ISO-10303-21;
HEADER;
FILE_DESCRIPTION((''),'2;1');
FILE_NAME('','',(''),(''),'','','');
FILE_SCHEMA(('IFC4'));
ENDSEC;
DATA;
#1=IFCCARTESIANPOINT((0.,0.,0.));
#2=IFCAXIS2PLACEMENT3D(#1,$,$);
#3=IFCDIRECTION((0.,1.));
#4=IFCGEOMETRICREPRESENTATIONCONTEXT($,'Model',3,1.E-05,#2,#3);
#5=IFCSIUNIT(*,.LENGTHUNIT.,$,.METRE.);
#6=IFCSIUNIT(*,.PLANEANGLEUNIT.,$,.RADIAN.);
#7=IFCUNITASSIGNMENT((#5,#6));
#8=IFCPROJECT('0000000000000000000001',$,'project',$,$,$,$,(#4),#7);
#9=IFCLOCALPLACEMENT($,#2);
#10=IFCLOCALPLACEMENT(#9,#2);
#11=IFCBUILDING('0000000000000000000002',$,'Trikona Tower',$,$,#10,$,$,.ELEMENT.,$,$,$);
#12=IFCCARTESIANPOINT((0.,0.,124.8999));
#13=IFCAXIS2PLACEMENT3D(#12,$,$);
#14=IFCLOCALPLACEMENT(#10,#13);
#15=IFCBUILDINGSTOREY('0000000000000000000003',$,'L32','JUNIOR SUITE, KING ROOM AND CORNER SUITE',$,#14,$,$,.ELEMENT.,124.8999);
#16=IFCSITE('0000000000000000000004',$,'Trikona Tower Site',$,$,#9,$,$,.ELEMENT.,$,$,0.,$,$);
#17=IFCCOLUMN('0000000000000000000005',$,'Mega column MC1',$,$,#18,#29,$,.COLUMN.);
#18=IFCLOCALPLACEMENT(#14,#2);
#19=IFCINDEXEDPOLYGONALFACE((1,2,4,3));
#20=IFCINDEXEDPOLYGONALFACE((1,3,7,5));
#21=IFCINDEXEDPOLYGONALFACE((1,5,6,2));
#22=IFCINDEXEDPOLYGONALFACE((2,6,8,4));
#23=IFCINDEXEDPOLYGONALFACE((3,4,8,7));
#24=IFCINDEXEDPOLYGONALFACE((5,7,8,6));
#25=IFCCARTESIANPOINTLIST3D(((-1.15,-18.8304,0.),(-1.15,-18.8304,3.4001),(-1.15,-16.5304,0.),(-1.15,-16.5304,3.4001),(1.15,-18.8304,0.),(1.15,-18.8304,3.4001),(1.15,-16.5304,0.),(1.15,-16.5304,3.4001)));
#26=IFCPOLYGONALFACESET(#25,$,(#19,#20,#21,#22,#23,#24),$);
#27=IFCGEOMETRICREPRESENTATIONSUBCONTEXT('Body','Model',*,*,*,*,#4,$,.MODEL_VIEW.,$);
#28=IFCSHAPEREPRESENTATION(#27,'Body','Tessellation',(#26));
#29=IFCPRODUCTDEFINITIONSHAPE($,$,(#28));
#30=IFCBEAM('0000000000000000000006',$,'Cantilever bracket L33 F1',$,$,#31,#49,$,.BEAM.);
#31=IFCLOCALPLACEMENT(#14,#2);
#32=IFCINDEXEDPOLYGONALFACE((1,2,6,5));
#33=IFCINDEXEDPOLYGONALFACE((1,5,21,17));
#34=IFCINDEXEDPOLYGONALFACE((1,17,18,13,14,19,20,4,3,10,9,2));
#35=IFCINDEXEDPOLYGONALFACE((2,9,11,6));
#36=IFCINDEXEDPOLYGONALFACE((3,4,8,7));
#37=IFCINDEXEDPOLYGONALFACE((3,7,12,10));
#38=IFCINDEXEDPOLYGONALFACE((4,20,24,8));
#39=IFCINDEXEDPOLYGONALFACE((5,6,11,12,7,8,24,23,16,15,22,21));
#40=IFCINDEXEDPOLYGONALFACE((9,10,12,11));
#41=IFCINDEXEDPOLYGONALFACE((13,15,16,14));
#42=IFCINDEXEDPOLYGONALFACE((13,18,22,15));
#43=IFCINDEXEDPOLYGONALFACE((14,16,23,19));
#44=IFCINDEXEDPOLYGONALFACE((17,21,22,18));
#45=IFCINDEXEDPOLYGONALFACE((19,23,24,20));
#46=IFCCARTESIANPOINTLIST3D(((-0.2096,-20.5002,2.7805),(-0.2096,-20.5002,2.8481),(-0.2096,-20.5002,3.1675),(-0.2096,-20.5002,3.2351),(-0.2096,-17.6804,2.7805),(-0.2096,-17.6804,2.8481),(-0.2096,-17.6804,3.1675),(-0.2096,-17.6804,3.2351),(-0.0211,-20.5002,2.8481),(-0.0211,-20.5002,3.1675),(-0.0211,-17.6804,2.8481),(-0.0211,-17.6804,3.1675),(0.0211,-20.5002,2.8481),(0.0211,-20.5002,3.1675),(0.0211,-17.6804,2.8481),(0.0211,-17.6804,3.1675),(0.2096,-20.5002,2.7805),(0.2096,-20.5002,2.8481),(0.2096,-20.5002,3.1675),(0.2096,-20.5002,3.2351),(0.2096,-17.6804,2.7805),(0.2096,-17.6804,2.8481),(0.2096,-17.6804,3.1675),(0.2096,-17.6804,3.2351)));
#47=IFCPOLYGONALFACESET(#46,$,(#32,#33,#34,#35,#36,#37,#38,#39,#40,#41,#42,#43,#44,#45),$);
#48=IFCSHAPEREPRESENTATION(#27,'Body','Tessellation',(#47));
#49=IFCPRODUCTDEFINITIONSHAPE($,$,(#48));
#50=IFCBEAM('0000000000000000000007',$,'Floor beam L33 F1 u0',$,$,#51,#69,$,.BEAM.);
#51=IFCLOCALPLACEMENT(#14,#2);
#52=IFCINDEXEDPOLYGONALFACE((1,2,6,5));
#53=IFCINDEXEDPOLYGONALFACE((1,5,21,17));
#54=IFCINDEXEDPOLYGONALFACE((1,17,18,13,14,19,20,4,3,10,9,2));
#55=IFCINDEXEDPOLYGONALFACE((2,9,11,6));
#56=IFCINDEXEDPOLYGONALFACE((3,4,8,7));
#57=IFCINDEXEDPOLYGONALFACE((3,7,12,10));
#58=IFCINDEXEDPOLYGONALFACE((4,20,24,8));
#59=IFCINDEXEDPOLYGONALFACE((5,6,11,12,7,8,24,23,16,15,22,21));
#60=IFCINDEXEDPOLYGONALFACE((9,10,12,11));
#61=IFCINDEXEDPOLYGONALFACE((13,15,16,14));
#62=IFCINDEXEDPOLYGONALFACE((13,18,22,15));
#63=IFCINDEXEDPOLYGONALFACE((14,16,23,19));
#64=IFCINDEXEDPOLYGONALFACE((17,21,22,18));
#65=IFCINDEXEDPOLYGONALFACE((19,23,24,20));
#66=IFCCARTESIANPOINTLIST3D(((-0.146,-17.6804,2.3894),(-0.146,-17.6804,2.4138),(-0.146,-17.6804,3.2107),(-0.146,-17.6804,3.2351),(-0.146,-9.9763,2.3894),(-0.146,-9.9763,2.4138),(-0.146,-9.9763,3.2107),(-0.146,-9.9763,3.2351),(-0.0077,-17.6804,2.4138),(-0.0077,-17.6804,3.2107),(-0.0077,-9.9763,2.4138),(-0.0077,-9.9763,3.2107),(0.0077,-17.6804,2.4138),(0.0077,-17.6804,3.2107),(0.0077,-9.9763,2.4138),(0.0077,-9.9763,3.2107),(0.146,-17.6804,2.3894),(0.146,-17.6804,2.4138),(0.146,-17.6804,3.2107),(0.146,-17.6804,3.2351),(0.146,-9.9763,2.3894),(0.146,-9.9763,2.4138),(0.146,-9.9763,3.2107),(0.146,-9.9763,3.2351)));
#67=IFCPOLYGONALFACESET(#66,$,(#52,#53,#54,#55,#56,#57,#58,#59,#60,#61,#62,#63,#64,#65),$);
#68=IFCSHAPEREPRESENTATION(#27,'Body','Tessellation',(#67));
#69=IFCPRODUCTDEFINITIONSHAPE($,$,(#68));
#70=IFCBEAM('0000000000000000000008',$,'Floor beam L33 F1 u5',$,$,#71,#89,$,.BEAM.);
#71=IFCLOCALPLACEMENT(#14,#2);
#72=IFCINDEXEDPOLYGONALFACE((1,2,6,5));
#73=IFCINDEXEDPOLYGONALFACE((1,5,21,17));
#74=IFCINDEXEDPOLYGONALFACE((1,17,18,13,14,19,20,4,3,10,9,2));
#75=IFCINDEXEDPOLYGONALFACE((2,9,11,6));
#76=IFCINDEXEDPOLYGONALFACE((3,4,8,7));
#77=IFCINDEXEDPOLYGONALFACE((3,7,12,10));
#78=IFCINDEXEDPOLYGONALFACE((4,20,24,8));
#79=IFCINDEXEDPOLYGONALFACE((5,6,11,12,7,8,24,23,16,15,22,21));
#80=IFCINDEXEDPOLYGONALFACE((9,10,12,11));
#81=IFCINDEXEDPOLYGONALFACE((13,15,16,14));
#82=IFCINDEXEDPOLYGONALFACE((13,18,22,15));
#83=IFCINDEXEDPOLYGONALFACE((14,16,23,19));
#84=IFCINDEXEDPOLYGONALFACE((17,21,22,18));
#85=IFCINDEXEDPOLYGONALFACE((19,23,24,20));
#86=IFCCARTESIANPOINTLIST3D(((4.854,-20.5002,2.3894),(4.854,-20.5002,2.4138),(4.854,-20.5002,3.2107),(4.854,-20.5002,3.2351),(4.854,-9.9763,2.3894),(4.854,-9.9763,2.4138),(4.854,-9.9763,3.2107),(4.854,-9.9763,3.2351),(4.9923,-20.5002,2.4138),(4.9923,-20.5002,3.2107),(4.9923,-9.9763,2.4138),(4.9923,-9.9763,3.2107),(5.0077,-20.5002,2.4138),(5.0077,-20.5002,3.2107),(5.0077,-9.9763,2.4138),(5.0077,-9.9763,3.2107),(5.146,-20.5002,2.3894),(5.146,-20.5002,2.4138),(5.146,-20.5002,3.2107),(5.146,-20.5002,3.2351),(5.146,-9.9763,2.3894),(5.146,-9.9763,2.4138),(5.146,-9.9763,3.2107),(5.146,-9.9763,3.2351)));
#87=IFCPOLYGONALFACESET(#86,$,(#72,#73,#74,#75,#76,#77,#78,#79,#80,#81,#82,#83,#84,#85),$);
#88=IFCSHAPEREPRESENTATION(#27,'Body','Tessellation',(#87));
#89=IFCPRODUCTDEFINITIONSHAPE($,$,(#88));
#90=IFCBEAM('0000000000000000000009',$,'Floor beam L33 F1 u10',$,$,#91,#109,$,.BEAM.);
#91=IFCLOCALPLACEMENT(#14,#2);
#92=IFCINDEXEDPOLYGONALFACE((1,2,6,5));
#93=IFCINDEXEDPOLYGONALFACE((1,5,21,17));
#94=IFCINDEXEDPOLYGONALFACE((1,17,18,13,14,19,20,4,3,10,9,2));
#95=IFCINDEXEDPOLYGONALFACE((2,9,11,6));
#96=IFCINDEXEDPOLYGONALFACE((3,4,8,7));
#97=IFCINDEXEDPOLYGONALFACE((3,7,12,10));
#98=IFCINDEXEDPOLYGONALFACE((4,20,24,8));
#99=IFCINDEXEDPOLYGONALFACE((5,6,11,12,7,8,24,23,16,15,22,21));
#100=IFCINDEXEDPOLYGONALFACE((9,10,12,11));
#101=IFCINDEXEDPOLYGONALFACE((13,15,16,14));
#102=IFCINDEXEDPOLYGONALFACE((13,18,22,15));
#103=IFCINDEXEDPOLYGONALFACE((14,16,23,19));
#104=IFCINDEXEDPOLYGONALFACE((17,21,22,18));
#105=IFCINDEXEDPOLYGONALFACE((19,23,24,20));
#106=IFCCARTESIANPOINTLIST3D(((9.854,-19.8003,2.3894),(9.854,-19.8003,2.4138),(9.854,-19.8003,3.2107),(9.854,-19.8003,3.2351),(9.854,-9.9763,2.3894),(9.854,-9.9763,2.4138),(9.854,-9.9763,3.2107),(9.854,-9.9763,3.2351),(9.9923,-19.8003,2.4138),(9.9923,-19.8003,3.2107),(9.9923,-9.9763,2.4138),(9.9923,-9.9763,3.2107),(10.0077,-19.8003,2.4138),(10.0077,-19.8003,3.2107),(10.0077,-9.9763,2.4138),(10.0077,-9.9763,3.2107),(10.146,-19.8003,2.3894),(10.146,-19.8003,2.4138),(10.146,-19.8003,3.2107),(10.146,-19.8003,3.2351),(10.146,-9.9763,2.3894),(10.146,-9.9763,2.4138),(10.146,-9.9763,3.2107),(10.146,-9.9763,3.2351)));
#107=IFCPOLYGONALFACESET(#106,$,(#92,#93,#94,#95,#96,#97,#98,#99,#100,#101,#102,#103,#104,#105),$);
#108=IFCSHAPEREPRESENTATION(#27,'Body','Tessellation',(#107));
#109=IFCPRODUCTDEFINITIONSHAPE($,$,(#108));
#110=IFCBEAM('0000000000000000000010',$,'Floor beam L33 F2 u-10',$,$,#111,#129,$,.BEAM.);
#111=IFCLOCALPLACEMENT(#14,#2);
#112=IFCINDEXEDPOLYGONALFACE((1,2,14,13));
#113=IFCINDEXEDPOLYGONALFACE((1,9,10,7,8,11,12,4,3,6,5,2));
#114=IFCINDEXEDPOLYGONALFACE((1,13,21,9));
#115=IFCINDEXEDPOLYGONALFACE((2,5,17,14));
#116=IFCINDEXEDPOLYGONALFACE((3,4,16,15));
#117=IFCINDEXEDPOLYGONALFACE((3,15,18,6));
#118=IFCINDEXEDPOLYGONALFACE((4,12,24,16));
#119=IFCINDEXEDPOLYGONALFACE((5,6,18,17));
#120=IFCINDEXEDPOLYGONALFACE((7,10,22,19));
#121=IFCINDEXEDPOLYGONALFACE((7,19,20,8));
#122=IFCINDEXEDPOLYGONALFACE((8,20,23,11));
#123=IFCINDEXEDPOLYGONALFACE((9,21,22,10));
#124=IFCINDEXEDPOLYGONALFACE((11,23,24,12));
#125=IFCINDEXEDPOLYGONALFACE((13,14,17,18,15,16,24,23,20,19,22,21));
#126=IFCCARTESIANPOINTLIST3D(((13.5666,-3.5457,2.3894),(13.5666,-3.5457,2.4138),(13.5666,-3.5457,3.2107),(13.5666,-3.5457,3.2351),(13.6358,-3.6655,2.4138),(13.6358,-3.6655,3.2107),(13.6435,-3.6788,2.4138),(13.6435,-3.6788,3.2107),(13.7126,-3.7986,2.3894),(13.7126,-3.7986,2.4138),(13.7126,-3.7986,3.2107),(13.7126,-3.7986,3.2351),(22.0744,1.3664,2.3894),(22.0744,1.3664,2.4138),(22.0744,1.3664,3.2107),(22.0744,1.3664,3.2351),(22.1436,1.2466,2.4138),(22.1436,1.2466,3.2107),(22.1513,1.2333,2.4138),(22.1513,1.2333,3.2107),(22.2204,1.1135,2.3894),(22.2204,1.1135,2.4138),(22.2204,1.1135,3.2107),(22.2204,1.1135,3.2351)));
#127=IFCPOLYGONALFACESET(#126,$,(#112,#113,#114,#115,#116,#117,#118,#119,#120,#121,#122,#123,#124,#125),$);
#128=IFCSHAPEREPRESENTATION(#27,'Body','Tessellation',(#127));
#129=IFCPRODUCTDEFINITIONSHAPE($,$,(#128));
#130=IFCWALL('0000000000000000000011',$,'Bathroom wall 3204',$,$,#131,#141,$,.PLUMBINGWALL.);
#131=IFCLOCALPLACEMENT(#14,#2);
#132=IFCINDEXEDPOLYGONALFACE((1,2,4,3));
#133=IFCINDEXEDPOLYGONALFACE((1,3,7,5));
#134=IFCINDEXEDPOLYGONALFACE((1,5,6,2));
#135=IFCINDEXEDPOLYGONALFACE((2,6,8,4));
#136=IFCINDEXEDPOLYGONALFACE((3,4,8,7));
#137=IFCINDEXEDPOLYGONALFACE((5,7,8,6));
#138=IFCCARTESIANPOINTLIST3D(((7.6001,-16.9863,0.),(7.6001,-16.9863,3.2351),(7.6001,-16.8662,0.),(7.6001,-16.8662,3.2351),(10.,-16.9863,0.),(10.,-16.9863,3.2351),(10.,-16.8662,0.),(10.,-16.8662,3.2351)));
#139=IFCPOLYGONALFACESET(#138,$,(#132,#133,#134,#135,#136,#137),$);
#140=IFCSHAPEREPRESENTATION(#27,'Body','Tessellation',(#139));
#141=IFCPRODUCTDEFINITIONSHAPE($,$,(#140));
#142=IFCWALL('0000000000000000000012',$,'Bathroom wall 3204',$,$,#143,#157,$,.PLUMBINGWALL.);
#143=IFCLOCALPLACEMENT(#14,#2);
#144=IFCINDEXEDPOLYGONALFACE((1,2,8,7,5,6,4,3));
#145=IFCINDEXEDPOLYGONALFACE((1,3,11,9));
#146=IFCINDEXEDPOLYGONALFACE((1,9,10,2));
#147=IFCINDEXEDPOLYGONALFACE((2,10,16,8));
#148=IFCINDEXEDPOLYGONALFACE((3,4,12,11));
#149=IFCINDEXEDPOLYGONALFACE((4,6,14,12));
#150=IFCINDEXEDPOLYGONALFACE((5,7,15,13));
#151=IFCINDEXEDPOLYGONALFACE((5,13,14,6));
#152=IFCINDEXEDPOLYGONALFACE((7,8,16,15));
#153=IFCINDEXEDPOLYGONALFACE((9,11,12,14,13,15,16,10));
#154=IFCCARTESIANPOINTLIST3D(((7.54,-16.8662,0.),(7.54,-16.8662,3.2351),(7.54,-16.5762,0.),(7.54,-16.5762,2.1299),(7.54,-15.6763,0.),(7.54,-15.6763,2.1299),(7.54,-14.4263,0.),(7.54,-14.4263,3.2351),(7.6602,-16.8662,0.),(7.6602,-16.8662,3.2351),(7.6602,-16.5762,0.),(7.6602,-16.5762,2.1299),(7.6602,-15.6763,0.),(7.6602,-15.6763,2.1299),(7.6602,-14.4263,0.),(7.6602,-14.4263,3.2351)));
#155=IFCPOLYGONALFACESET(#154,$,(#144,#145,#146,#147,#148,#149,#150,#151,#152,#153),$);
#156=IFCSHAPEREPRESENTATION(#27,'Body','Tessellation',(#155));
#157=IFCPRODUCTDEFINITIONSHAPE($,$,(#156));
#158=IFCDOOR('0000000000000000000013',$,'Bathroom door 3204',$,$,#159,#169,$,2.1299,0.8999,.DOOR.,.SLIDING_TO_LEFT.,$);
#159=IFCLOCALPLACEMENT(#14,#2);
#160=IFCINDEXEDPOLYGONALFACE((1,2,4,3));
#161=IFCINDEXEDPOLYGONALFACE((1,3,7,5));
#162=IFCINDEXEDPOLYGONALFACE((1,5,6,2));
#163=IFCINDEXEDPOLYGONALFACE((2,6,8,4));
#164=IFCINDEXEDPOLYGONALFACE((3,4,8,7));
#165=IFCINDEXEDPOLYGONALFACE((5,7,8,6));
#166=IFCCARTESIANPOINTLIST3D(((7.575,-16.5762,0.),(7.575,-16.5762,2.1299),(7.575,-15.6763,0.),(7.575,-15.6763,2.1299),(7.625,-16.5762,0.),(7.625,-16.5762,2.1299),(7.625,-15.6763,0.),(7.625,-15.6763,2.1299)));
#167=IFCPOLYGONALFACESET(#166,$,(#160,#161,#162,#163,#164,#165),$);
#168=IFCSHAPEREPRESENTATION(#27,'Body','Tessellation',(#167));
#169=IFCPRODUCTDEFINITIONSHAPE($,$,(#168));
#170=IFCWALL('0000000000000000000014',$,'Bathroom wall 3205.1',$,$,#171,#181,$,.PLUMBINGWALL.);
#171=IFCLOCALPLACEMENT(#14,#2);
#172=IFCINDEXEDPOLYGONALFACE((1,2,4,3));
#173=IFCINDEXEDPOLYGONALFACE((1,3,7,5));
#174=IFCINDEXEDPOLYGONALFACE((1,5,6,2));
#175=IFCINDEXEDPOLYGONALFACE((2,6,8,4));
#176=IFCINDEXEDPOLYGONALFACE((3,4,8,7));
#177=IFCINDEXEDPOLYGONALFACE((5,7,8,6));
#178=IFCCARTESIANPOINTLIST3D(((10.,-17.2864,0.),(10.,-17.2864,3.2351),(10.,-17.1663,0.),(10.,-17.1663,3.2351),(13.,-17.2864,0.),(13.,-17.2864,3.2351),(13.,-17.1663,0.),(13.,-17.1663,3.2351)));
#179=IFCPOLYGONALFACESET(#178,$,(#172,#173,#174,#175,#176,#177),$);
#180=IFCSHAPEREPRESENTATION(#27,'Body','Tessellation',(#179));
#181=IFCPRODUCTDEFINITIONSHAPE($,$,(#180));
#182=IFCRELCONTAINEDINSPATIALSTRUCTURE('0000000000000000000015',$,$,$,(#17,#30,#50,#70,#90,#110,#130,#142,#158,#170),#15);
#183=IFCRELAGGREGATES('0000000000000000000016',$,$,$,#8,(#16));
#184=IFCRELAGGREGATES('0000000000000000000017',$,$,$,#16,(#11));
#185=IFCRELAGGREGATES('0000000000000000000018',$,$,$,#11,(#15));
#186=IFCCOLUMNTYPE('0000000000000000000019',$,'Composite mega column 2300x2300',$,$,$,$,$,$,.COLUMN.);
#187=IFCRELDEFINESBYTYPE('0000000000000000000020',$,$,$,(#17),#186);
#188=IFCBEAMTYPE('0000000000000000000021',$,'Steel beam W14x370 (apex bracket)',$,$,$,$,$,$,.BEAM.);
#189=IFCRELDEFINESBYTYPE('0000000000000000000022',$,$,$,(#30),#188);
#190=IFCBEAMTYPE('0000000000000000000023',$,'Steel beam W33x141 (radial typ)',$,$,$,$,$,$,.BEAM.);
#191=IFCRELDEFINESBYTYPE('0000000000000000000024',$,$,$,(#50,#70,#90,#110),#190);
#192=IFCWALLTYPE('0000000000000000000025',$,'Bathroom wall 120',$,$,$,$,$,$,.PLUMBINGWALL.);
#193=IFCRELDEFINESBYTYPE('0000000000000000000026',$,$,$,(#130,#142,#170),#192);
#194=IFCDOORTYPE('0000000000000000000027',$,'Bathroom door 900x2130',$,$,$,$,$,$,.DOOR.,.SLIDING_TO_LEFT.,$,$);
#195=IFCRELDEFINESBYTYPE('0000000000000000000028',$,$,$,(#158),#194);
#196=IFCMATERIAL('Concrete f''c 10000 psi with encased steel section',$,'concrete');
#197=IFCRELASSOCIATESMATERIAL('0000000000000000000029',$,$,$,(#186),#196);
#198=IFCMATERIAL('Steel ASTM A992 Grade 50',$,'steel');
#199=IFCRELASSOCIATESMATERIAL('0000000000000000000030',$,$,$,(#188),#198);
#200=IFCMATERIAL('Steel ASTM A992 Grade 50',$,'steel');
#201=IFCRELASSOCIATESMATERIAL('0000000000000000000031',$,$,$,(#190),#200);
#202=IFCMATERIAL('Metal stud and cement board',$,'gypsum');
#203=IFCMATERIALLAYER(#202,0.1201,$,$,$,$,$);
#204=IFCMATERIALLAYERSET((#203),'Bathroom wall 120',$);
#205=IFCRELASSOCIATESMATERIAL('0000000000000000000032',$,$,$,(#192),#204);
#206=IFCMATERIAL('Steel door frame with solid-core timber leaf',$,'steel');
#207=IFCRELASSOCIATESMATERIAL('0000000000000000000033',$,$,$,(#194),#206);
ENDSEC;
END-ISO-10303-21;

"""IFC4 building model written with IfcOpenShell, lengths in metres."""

from ifc_helpers import new_model, si_unit, direction, frame, frame_2d, origin, origin_2d, place, context, subcontext, project, spatial, rectangle, i_section, extrude, material, layer, layer_set, material_profile, profile_set, type_object, element, fill, save


model = new_model("IFC4")

# Units and contexts
model_context = context("Model", 3, precision=1e-05, world=origin(), true_north=direction((0.0, 1.0)))
body_context = subcontext(model_context, "Body", "Model", "MODEL_VIEW")
ifc_project = project(units=[si_unit("LENGTHUNIT", "METRE"), si_unit("PLANEANGLEUNIT", "RADIAN")], contexts=[model_context])

# Site, building, storey
site_placement = place(None, origin())
site = spatial("IfcSite", under=ifc_project, at=site_placement, Name="Trikona Tower Site", CompositionType="ELEMENT", RefElevation=0.0)
building_placement = place(site_placement, origin())
building = spatial("IfcBuilding", under=site, at=building_placement, Name="Trikona Tower", CompositionType="ELEMENT")
storey_placement = place(building_placement, frame((0.0, 0.0, 124.8999)))
storey = spatial("IfcBuildingStorey", under=building, at=storey_placement, Name="L32", Description="JUNIOR SUITE, KING ROOM AND CORNER SUITE", CompositionType="ELEMENT", Elevation=124.8999)

# Column
ifc_material_1 = material(Name="Concrete f'c 10000 psi with encased steel section", Category="concrete")
ifc_material_profile_1 = material_profile(ifc_material_1, rectangle(XDim=2.3, YDim=2.3, at=origin_2d()), Name="MC2300")
ifc_profile_set_1 = profile_set([ifc_material_profile_1], Name="Concrete f'c 10000 psi with encased steel section")
column_type = type_object("IfcColumnType", Name="Composite mega column 2300x2300", PredefinedType="COLUMN", material=ifc_profile_set_1)
column_placement = place(storey_placement, frame((0.0, -17.6804, 0.0), z_axis=(0.0, 0.0, 1.0), x_axis=(0.0, -1.0, 0.0)))
element("IfcColumn", 1, at=column_placement, inside=storey, type_object=column_type, Name="Mega column MC1", PredefinedType="COLUMN", context=body_context, shape_type="SweptSolid", body=[
    extrude(rectangle(XDim=2.3, YDim=2.3, at=origin_2d()), origin(), (0.0, 0.0, 1.0), 3.4001),
])

# Beams
ifc_material_2 = material(Name="Steel ASTM A992 Grade 50", Category="steel")
ifc_material_profile_2 = material_profile(ifc_material_2, i_section(OverallWidth=0.4192, OverallDepth=0.4546, WebThickness=0.0422, FlangeThickness=0.0676, at=origin_2d()), Name="W14X370")
ifc_profile_set_2 = profile_set([ifc_material_profile_2], Name="Steel ASTM A992 Grade 50")
beam_type_1 = type_object("IfcBeamType", Name="Steel beam W14x370 (apex bracket)", PredefinedType="BEAM", material=ifc_profile_set_2)
beam_1_placement = place(storey_placement, frame((0.0, -17.6804, 3.0078), z_axis=(0.0, -1.0, 0.0), x_axis=(1.0, 0.0, 0.0)))
element("IfcBeam", 2, at=beam_1_placement, inside=storey, type_object=beam_type_1, Name="Cantilever bracket L33 F1", PredefinedType="BEAM", context=body_context, shape_type="SweptSolid", body=[
    extrude(i_section(OverallWidth=0.4192, OverallDepth=0.4546, WebThickness=0.0422, FlangeThickness=0.0676, at=origin_2d()), origin(), (0.0, 0.0, 1.0), 2.8198),
])
ifc_material_3 = material(Name="Steel ASTM A992 Grade 50", Category="steel")
ifc_material_profile_3 = material_profile(ifc_material_3, i_section(OverallWidth=0.292, OverallDepth=0.8457, WebThickness=0.0154, FlangeThickness=0.0244, at=origin_2d()), Name="W33X141")
ifc_profile_set_3 = profile_set([ifc_material_profile_3], Name="Steel ASTM A992 Grade 50")
beam_type_2 = type_object("IfcBeamType", Name="Steel beam W33x141 (radial typ)", PredefinedType="BEAM", material=ifc_profile_set_3)
beam_2_placement = place(storey_placement, frame((0.0, -9.9763, 2.8123), z_axis=(0.0, -1.0, 0.0), x_axis=(1.0, 0.0, 0.0)))
element("IfcBeam", 3, at=beam_2_placement, inside=storey, type_object=beam_type_2, Name="Floor beam L33 F1 u0", PredefinedType="BEAM", context=body_context, shape_type="SweptSolid", body=[
    extrude(i_section(OverallWidth=0.292, OverallDepth=0.8457, WebThickness=0.0154, FlangeThickness=0.0244, at=origin_2d()), origin(), (0.0, 0.0, 1.0), 7.7041),
])
beam_3_placement = place(storey_placement, frame((5.0, -9.9763, 2.8123), z_axis=(0.0, -1.0, 0.0), x_axis=(1.0, 0.0, 0.0)))
element("IfcBeam", 4, at=beam_3_placement, inside=storey, type_object=beam_type_2, Name="Floor beam L33 F1 u5", PredefinedType="BEAM", context=body_context, shape_type="SweptSolid", body=[
    extrude(i_section(OverallWidth=0.292, OverallDepth=0.8457, WebThickness=0.0154, FlangeThickness=0.0244, at=origin_2d()), origin(), (0.0, 0.0, 1.0), 10.5239),
])
for number, where, z_axis, x_axis, name in (
    (5, (10.0, -9.9763, 2.8123), (0.0, -1.0, 0.0), (1.0, 0.0, 0.0), "Floor beam L33 F1 u10"),
    (6, (13.6396, -3.6721, 2.8123), (0.86602, 0.500009, 0.0), (-0.500009, 0.86602, 0.0), "Floor beam L33 F2 u-10"),
):
    element("IfcBeam", number, at=place(storey_placement, frame(where, z_axis=z_axis, x_axis=x_axis)), inside=storey, type_object=beam_type_2, Name=name, PredefinedType="BEAM", context=body_context, shape_type="SweptSolid", body=[
        extrude(i_section(OverallWidth=0.292, OverallDepth=0.8457, WebThickness=0.0154, FlangeThickness=0.0244, at=origin_2d()), origin(), (0.0, 0.0, 1.0), 9.824),
    ])

# Wall
ifc_material_4 = material(Name="Metal stud and cement board", Category="gypsum")
ifc_layer_1 = layer(ifc_material_4, 0.1201)
ifc_layer_set_1 = layer_set([ifc_layer_1], Name="Bathroom wall 120")
wall_type_1 = type_object("IfcWallType", Name="Bathroom wall 120", PredefinedType="PLUMBINGWALL", material=ifc_layer_set_1)
wall_1_placement = place(storey_placement, frame((7.6001, -16.9263, 0.0), z_axis=(0.0, 0.0, 1.0), x_axis=(1.0, 0.0, 0.0)))
element("IfcWall", 7, at=wall_1_placement, inside=storey, type_object=wall_type_1, Name="Bathroom wall 3204", PredefinedType="PLUMBINGWALL", context=body_context, shape_type="SweptSolid", body=[
    extrude(rectangle(XDim=2.3999, YDim=0.1201, at=frame_2d((1.2, 0.0))), origin(), (0.0, 0.0, 1.0), 3.2351),
])

# Wall, opening, door
wall_2_placement = place(storey_placement, frame((7.6001, -14.4263, 0.0), z_axis=(0.0, 0.0, 1.0), x_axis=(0.0, -1.0, 0.0)))
wall_2 = element("IfcWall", 8, at=wall_2_placement, inside=storey, type_object=wall_type_1, Name="Bathroom wall 3204", PredefinedType="PLUMBINGWALL", context=body_context, shape_type="SweptSolid", body=[
    extrude(rectangle(XDim=2.4399, YDim=0.1201, at=frame_2d((1.22, 0.0))), origin(), (0.0, 0.0, 1.0), 3.2351),
])
opening_1_placement = place(wall_2_placement, frame((1.25, 0.0, 0.0)))
opening_1 = element("IfcOpeningElement", 9, at=opening_1_placement, cuts=wall_2, PredefinedType="OPENING", context=body_context, shape_type="SweptSolid", body=[
    extrude(rectangle(XDim=0.8999, YDim=2.1299, at=frame_2d((0.45, 1.0649))), frame((0.0, 0.0701, 0.0), z_axis=(0.0, -1.0, 0.0), x_axis=(1.0, 0.0, 0.0)), (0.0, 0.0, 1.0), 0.1401),
])
ifc_material_5 = material(Name="Steel door frame with solid-core timber leaf", Category="steel")
door_type_1 = type_object("IfcDoorType", Name="Bathroom door 900x2130", OperationType="SLIDING_TO_LEFT", PredefinedType="DOOR", material=ifc_material_5)
door_1_placement = place(opening_1_placement, origin())
door_1 = element("IfcDoor", 10, at=door_1_placement, inside=storey, type_object=door_type_1, Name="Bathroom door 3204", OperationType="SLIDING_TO_LEFT", OverallHeight=2.1299, OverallWidth=0.8999, PredefinedType="DOOR", context=body_context, shape_type="SweptSolid", body=[
    extrude(rectangle(XDim=0.8999, YDim=2.1299, at=frame_2d((0.45, 1.0649))), frame((0.0, 0.0249, 0.0), z_axis=(0.0, -1.0, 0.0), x_axis=(1.0, 0.0, 0.0)), (0.0, 0.0, 1.0), 0.05),
])
fill(opening_1, door_1)

# Wall
wall_3_placement = place(storey_placement, frame((10.0, -17.2263, 0.0), z_axis=(0.0, 0.0, 1.0), x_axis=(1.0, 0.0, 0.0)))
element("IfcWall", 11, at=wall_3_placement, inside=storey, type_object=wall_type_1, Name="Bathroom wall 3205.1", PredefinedType="PLUMBINGWALL", context=body_context, shape_type="SweptSolid", body=[
    extrude(rectangle(XDim=3.0, YDim=0.1201, at=frame_2d((1.5, 0.0))), origin(), (0.0, 0.0, 1.0), 3.2351),
])

save(model, "model.ifc")
